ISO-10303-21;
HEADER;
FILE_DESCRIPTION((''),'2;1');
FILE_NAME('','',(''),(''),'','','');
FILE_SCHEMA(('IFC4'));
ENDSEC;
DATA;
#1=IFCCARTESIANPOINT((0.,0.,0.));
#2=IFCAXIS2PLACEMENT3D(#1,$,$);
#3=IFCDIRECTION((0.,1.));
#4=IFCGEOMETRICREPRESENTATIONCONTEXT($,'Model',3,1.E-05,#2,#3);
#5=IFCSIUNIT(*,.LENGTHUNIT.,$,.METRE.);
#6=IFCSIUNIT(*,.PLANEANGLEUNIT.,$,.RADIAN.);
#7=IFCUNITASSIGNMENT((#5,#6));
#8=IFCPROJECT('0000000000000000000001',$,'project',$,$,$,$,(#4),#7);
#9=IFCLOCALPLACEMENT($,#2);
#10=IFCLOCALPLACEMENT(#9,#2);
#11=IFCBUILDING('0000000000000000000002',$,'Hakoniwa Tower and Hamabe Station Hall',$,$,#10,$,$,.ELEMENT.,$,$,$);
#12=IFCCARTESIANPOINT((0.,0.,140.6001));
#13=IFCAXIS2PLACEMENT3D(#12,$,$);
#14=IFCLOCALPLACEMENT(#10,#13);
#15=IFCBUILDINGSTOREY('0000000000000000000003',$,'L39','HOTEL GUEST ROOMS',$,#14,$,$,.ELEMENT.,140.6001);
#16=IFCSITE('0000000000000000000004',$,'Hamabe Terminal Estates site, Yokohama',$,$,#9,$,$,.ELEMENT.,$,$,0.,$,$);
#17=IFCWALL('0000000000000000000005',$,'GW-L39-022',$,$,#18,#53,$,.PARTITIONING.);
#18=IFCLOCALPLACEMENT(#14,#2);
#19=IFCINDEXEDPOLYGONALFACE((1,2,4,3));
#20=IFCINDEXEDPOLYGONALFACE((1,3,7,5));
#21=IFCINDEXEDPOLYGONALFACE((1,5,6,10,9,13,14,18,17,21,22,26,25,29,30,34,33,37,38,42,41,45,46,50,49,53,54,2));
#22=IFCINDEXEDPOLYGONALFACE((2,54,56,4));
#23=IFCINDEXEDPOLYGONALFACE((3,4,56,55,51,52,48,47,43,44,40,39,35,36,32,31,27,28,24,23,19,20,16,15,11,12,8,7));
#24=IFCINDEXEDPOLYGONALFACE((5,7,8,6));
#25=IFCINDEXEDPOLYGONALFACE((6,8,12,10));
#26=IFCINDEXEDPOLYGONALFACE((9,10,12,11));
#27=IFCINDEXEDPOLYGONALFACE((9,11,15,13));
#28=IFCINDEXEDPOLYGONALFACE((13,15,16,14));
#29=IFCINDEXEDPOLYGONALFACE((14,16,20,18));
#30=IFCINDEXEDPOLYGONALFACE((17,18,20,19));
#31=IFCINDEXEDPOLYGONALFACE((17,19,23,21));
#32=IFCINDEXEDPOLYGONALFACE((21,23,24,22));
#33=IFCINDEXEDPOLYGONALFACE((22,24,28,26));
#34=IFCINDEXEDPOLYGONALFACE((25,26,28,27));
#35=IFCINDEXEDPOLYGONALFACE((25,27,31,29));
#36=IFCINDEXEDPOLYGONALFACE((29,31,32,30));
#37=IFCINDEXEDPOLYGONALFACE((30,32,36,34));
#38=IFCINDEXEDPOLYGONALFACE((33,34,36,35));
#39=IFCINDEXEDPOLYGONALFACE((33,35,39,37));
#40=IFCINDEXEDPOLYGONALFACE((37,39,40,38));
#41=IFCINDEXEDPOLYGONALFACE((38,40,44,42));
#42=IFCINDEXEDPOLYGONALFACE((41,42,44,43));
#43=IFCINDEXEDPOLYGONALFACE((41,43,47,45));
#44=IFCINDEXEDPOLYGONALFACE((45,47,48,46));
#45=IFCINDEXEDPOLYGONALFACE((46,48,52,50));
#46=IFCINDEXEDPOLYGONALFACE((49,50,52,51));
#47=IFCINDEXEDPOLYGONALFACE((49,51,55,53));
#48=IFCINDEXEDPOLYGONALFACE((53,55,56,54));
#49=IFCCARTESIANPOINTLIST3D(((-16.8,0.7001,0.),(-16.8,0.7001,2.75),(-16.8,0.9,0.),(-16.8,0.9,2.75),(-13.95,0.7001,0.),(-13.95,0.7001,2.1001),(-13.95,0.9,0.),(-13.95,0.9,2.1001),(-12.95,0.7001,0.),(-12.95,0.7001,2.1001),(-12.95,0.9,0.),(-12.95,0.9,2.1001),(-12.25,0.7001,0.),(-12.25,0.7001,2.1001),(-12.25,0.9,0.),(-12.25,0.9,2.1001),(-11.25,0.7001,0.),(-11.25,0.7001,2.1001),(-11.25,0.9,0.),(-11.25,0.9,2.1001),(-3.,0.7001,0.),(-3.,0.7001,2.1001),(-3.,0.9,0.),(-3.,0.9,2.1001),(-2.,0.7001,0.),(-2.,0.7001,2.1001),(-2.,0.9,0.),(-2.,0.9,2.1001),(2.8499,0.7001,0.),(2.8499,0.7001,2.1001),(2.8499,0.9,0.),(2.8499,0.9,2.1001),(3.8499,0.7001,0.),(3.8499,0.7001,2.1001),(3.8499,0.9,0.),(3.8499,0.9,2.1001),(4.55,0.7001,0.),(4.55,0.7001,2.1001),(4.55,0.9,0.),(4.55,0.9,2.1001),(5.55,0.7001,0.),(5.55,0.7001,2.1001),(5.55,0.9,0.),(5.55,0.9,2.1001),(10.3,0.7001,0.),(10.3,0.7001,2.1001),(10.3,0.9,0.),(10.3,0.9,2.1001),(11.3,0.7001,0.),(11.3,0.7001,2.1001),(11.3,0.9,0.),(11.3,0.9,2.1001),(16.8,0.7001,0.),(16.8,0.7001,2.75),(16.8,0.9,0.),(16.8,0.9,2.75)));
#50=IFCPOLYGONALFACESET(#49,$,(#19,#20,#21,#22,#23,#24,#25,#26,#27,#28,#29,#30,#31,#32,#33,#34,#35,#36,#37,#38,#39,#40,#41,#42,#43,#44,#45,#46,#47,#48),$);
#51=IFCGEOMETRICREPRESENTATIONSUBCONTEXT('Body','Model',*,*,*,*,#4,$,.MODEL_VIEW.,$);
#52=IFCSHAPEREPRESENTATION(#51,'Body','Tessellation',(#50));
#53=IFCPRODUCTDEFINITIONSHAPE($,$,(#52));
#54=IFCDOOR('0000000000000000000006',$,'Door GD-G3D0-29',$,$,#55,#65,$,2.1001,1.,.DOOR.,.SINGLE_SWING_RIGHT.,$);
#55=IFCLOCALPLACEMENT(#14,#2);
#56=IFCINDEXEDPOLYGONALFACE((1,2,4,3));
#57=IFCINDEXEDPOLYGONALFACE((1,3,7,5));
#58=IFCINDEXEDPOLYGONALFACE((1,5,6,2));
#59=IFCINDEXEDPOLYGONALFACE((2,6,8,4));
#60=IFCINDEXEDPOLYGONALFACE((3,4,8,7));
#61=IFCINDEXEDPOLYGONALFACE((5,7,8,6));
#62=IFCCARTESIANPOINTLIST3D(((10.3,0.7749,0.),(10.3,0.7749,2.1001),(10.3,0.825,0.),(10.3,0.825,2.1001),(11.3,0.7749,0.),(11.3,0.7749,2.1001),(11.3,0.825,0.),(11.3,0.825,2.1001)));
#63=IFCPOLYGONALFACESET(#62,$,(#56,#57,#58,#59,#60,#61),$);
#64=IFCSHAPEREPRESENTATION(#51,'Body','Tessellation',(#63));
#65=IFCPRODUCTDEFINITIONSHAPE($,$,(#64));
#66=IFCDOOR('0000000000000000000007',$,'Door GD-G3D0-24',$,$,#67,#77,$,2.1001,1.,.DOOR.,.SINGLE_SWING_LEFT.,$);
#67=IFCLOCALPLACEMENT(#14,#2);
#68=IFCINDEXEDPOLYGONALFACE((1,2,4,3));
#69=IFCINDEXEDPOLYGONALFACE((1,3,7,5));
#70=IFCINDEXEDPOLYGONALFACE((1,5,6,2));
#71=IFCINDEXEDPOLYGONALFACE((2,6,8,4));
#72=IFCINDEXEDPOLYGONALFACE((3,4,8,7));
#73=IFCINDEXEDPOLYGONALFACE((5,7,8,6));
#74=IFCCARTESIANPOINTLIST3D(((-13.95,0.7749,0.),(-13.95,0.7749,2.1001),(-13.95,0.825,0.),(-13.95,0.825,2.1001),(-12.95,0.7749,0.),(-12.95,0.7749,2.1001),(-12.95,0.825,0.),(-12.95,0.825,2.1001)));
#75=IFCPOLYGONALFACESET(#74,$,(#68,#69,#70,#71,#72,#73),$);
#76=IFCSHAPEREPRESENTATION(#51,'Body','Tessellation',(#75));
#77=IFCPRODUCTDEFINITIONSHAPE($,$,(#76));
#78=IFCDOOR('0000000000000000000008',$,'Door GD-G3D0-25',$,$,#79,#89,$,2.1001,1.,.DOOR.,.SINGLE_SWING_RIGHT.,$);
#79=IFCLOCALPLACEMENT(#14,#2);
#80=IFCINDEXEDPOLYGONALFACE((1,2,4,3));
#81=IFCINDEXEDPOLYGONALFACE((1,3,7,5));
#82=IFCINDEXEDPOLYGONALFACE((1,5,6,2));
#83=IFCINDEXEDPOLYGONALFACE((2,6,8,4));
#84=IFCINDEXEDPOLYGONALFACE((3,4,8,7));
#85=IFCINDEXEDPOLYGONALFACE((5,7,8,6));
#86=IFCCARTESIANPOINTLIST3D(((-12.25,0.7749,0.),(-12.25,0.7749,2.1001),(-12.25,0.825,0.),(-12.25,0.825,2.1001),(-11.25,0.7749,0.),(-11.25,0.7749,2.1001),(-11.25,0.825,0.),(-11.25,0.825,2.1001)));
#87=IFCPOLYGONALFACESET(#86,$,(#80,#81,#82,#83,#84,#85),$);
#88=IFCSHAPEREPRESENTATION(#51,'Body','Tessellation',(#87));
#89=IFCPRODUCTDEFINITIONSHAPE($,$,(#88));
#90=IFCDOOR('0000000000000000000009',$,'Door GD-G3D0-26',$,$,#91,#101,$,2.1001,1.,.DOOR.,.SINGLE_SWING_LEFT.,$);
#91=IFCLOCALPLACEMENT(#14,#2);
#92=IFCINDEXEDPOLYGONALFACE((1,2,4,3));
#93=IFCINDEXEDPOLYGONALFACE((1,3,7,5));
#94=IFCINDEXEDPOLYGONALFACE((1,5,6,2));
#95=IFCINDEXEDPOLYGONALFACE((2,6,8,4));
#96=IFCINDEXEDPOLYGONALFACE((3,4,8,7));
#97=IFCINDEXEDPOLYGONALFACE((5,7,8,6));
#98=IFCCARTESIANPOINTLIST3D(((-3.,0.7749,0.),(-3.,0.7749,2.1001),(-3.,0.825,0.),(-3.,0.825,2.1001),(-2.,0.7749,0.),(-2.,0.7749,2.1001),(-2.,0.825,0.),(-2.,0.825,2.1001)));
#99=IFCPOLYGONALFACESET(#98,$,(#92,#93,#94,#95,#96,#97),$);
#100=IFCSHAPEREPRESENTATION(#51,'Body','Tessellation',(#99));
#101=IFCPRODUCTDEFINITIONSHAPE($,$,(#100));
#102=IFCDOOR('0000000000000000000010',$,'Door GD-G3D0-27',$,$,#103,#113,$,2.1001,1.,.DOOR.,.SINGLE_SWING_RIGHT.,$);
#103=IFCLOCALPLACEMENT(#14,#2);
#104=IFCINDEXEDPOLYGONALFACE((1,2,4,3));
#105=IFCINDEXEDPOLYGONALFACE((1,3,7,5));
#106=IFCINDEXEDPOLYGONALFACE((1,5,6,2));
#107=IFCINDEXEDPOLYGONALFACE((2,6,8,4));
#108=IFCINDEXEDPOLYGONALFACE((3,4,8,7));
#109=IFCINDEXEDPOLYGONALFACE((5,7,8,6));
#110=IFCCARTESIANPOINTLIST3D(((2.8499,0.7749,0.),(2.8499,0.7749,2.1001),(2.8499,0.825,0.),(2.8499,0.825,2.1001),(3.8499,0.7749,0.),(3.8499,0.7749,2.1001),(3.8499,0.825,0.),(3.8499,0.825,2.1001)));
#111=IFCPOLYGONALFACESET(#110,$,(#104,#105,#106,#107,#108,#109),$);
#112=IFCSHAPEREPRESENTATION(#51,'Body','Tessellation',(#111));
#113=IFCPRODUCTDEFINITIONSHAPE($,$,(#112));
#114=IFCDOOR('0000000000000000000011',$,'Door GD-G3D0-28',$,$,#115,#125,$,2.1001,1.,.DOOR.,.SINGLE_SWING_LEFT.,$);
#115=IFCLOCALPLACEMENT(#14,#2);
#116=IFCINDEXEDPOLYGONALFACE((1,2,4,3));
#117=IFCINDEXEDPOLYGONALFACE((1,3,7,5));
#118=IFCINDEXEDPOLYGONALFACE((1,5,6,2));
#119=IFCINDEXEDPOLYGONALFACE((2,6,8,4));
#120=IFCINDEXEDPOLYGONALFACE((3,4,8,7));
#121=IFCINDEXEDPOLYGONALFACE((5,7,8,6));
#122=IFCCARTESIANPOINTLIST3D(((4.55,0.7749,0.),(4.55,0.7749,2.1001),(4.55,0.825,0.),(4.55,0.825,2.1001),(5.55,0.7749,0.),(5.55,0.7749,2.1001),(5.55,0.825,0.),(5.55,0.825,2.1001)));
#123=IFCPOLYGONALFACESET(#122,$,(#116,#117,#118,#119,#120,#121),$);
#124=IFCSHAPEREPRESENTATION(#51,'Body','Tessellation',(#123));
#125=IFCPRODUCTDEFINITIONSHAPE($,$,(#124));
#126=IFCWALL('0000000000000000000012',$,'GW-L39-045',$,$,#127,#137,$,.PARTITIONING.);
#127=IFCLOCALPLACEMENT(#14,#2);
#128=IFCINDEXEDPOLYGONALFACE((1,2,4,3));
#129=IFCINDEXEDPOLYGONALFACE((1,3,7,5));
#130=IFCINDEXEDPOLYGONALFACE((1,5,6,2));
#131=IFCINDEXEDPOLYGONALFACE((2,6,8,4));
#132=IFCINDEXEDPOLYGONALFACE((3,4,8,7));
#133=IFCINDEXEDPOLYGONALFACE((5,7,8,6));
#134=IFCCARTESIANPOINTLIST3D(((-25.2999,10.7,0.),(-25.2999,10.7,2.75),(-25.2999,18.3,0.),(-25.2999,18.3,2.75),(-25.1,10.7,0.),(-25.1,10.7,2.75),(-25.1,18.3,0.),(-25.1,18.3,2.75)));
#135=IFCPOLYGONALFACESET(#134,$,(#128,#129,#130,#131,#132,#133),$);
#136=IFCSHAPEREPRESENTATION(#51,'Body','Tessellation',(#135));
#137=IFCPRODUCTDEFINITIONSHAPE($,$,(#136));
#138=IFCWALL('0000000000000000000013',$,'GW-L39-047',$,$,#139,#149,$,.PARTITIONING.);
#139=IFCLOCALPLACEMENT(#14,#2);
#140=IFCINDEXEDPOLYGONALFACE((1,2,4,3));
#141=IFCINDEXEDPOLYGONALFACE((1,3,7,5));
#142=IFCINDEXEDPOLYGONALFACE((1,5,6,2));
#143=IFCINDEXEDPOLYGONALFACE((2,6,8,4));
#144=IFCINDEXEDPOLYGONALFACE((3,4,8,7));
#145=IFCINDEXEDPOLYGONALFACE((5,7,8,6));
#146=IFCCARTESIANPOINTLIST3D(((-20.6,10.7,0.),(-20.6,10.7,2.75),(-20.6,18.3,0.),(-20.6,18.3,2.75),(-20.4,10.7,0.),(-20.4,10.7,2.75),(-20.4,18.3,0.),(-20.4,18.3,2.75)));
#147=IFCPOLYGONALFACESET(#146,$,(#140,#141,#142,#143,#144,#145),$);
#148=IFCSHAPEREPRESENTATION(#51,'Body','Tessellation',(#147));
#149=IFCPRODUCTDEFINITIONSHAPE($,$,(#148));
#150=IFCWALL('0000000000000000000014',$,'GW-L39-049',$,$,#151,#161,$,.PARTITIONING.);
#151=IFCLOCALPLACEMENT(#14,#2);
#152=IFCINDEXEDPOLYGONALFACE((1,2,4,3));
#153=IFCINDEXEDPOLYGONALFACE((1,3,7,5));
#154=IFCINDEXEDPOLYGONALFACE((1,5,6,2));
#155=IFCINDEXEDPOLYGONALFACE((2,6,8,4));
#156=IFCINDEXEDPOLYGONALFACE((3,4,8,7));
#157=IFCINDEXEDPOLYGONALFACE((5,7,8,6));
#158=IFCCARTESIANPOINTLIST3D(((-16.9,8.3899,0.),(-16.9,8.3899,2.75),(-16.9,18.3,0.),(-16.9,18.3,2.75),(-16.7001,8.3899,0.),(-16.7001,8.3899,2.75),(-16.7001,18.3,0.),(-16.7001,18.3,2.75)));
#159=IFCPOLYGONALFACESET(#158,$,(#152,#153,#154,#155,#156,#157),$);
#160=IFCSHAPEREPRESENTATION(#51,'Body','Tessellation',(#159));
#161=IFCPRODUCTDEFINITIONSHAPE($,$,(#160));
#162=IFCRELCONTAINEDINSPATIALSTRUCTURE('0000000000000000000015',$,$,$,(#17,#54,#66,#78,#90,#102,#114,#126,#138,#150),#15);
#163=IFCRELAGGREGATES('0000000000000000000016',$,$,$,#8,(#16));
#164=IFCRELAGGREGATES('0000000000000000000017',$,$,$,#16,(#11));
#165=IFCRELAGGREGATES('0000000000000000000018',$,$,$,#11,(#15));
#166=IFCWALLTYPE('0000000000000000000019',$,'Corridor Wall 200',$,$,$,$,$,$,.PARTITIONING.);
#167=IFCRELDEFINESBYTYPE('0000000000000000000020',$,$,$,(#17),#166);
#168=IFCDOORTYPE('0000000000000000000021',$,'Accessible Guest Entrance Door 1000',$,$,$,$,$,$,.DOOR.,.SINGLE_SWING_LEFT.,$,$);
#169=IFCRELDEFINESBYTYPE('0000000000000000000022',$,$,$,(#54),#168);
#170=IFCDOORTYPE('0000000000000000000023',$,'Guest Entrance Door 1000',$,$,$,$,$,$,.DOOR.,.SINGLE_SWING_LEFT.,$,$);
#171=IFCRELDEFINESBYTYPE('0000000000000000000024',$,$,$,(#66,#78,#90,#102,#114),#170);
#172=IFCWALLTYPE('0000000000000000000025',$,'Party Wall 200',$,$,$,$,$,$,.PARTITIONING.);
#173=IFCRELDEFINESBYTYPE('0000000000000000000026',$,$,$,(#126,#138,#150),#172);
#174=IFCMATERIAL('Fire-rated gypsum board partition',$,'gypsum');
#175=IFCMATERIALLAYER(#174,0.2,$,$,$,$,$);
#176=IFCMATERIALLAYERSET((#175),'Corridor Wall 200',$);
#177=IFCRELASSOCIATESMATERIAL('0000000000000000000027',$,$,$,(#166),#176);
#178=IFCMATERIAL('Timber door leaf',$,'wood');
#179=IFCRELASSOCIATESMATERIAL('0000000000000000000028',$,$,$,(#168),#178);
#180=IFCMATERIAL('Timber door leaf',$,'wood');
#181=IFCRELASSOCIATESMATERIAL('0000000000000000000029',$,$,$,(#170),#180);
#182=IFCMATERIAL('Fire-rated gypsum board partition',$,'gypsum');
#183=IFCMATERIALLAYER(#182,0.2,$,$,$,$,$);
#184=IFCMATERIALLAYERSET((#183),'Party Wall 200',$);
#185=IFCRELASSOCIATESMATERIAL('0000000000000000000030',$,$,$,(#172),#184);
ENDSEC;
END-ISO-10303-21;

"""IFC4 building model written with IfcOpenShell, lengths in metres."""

from ifc_helpers import new_model, si_unit, direction, frame, frame_2d, origin, place, context, subcontext, project, spatial, rectangle, extrude, material, layer, layer_set, type_object, element, fill, save


model = new_model("IFC4")

# Units and contexts
model_context = context("Model", 3, precision=1e-05, world=origin(), true_north=direction((0.0, 1.0)))
body_context = subcontext(model_context, "Body", "Model", "MODEL_VIEW")
ifc_project = project(units=[si_unit("LENGTHUNIT", "METRE"), si_unit("PLANEANGLEUNIT", "RADIAN")], contexts=[model_context])

# Site, building, storey
site_placement = place(None, origin())
site = spatial("IfcSite", under=ifc_project, at=site_placement, Name="Hamabe Terminal Estates site, Yokohama", CompositionType="ELEMENT", RefElevation=0.0)
building_placement = place(site_placement, origin())
building = spatial("IfcBuilding", under=site, at=building_placement, Name="Hakoniwa Tower and Hamabe Station Hall", CompositionType="ELEMENT")
storey_placement = place(building_placement, frame((0.0, 0.0, 140.6001)))
storey = spatial("IfcBuildingStorey", under=building, at=storey_placement, Name="L39", Description="HOTEL GUEST ROOMS", CompositionType="ELEMENT", Elevation=140.6001)

# Wall, openings, doors
ifc_material_1 = material(Name="Fire-rated gypsum board partition", Category="gypsum")
ifc_layer_1 = layer(ifc_material_1, 0.2)
ifc_layer_set_1 = layer_set([ifc_layer_1], Name="Corridor Wall 200")
wall_type_1 = type_object("IfcWallType", Name="Corridor Wall 200", PredefinedType="PARTITIONING", material=ifc_layer_set_1)
wall_1_placement = place(storey_placement, frame((-16.8, 0.8, 0.0), z_axis=(0.0, 0.0, 1.0), x_axis=(1.0, 0.0, 0.0)))
wall_1 = element("IfcWall", 1, at=wall_1_placement, inside=storey, type_object=wall_type_1, Name="GW-L39-022", PredefinedType="PARTITIONING", context=body_context, shape_type="SweptSolid", body=[
    extrude(rectangle(XDim=33.6001, YDim=0.2, at=frame_2d((16.8, 0.0))), origin(), (0.0, 0.0, 1.0), 2.75),
])
opening_1_placement = place(wall_1_placement, frame((2.8501, 0.0, 0.0)))
opening_1 = element("IfcOpeningElement", 2, at=opening_1_placement, cuts=wall_1, PredefinedType="OPENING", context=body_context, shape_type="SweptSolid", body=[
    extrude(rectangle(XDim=1.0, YDim=2.1001, at=frame_2d((0.5, 1.05))), frame((0.0, 0.1099, 0.0), z_axis=(0.0, -1.0, 0.0), x_axis=(1.0, 0.0, 0.0)), (0.0, 0.0, 1.0), 0.22),
])
opening_2_placement = place(wall_1_placement, frame((4.55, 0.0, 0.0)))
opening_2 = element("IfcOpeningElement", 3, at=opening_2_placement, cuts=wall_1, PredefinedType="OPENING", context=body_context, shape_type="SweptSolid", body=[
    extrude(rectangle(XDim=1.0, YDim=2.1001, at=frame_2d((0.5, 1.05))), frame((0.0, 0.1099, 0.0), z_axis=(0.0, -1.0, 0.0), x_axis=(1.0, 0.0, 0.0)), (0.0, 0.0, 1.0), 0.22),
])
opening_3_placement = place(wall_1_placement, frame((13.8, 0.0, 0.0)))
opening_3 = element("IfcOpeningElement", 4, at=opening_3_placement, cuts=wall_1, PredefinedType="OPENING", context=body_context, shape_type="SweptSolid", body=[
    extrude(rectangle(XDim=1.0, YDim=2.1001, at=frame_2d((0.5, 1.05))), frame((0.0, 0.1099, 0.0), z_axis=(0.0, -1.0, 0.0), x_axis=(1.0, 0.0, 0.0)), (0.0, 0.0, 1.0), 0.22),
])
opening_4_placement = place(wall_1_placement, frame((19.6499, 0.0, 0.0)))
opening_4 = element("IfcOpeningElement", 5, at=opening_4_placement, cuts=wall_1, PredefinedType="OPENING", context=body_context, shape_type="SweptSolid", body=[
    extrude(rectangle(XDim=1.0, YDim=2.1001, at=frame_2d((0.5, 1.05))), frame((0.0, 0.1099, 0.0), z_axis=(0.0, -1.0, 0.0), x_axis=(1.0, 0.0, 0.0)), (0.0, 0.0, 1.0), 0.22),
])
opening_5_placement = place(wall_1_placement, frame((21.3501, 0.0, 0.0)))
opening_5 = element("IfcOpeningElement", 6, at=opening_5_placement, cuts=wall_1, PredefinedType="OPENING", context=body_context, shape_type="SweptSolid", body=[
    extrude(rectangle(XDim=1.0, YDim=2.1001, at=frame_2d((0.5, 1.05))), frame((0.0, 0.1099, 0.0), z_axis=(0.0, -1.0, 0.0), x_axis=(1.0, 0.0, 0.0)), (0.0, 0.0, 1.0), 0.22),
])
opening_6_placement = place(wall_1_placement, frame((27.1001, 0.0, 0.0)))
opening_6 = element("IfcOpeningElement", 7, at=opening_6_placement, cuts=wall_1, PredefinedType="OPENING", context=body_context, shape_type="SweptSolid", body=[
    extrude(rectangle(XDim=1.0, YDim=2.1001, at=frame_2d((0.5, 1.05))), frame((0.0, 0.1099, 0.0), z_axis=(0.0, -1.0, 0.0), x_axis=(1.0, 0.0, 0.0)), (0.0, 0.0, 1.0), 0.22),
])
ifc_material_2 = material(Name="Timber door leaf", Category="wood")
door_type_1 = type_object("IfcDoorType", Name="Accessible Guest Entrance Door 1000", OperationType="SINGLE_SWING_LEFT", PredefinedType="DOOR", material=ifc_material_2)
door_1_placement = place(opening_6_placement, origin())
door_1 = element("IfcDoor", 8, at=door_1_placement, inside=storey, type_object=door_type_1, Name="Door GD-G3D0-29", OperationType="SINGLE_SWING_RIGHT", OverallHeight=2.1001, OverallWidth=1.0, PredefinedType="DOOR", context=body_context, shape_type="SweptSolid", body=[
    extrude(rectangle(XDim=1.0, YDim=2.1001, at=frame_2d((0.5, 1.05))), frame((0.0, 0.0249, 0.0), z_axis=(0.0, -1.0, 0.0), x_axis=(1.0, 0.0, 0.0)), (0.0, 0.0, 1.0), 0.05),
])
fill(opening_6, door_1)
ifc_material_3 = material(Name="Timber door leaf", Category="wood")
door_type_2 = type_object("IfcDoorType", Name="Guest Entrance Door 1000", OperationType="SINGLE_SWING_LEFT", PredefinedType="DOOR", material=ifc_material_3)
door_2_placement = place(opening_1_placement, origin())
door_2 = element("IfcDoor", 9, at=door_2_placement, inside=storey, type_object=door_type_2, Name="Door GD-G3D0-24", OperationType="SINGLE_SWING_LEFT", OverallHeight=2.1001, OverallWidth=1.0, PredefinedType="DOOR", context=body_context, shape_type="SweptSolid", body=[
    extrude(rectangle(XDim=1.0, YDim=2.1001, at=frame_2d((0.5, 1.05))), frame((0.0, 0.0249, 0.0), z_axis=(0.0, -1.0, 0.0), x_axis=(1.0, 0.0, 0.0)), (0.0, 0.0, 1.0), 0.05),
])
fill(opening_1, door_2)
door_3_placement = place(opening_2_placement, origin())
door_3 = element("IfcDoor", 10, at=door_3_placement, inside=storey, type_object=door_type_2, Name="Door GD-G3D0-25", OperationType="SINGLE_SWING_RIGHT", OverallHeight=2.1001, OverallWidth=1.0, PredefinedType="DOOR", context=body_context, shape_type="SweptSolid", body=[
    extrude(rectangle(XDim=1.0, YDim=2.1001, at=frame_2d((0.5, 1.05))), frame((0.0, 0.0249, 0.0), z_axis=(0.0, -1.0, 0.0), x_axis=(1.0, 0.0, 0.0)), (0.0, 0.0, 1.0), 0.05),
])
fill(opening_2, door_3)
door_4_placement = place(opening_3_placement, origin())
door_4 = element("IfcDoor", 11, at=door_4_placement, inside=storey, type_object=door_type_2, Name="Door GD-G3D0-26", OperationType="SINGLE_SWING_LEFT", OverallHeight=2.1001, OverallWidth=1.0, PredefinedType="DOOR", context=body_context, shape_type="SweptSolid", body=[
    extrude(rectangle(XDim=1.0, YDim=2.1001, at=frame_2d((0.5, 1.05))), frame((0.0, 0.0249, 0.0), z_axis=(0.0, -1.0, 0.0), x_axis=(1.0, 0.0, 0.0)), (0.0, 0.0, 1.0), 0.05),
])
fill(opening_3, door_4)
door_5_placement = place(opening_4_placement, origin())
door_5 = element("IfcDoor", 12, at=door_5_placement, inside=storey, type_object=door_type_2, Name="Door GD-G3D0-27", OperationType="SINGLE_SWING_RIGHT", OverallHeight=2.1001, OverallWidth=1.0, PredefinedType="DOOR", context=body_context, shape_type="SweptSolid", body=[
    extrude(rectangle(XDim=1.0, YDim=2.1001, at=frame_2d((0.5, 1.05))), frame((0.0, 0.0249, 0.0), z_axis=(0.0, -1.0, 0.0), x_axis=(1.0, 0.0, 0.0)), (0.0, 0.0, 1.0), 0.05),
])
fill(opening_4, door_5)
door_6_placement = place(opening_5_placement, origin())
door_6 = element("IfcDoor", 13, at=door_6_placement, inside=storey, type_object=door_type_2, Name="Door GD-G3D0-28", OperationType="SINGLE_SWING_LEFT", OverallHeight=2.1001, OverallWidth=1.0, PredefinedType="DOOR", context=body_context, shape_type="SweptSolid", body=[
    extrude(rectangle(XDim=1.0, YDim=2.1001, at=frame_2d((0.5, 1.05))), frame((0.0, 0.0249, 0.0), z_axis=(0.0, -1.0, 0.0), x_axis=(1.0, 0.0, 0.0)), (0.0, 0.0, 1.0), 0.05),
])
fill(opening_5, door_6)

# Walls
ifc_material_4 = material(Name="Fire-rated gypsum board partition", Category="gypsum")
ifc_layer_2 = layer(ifc_material_4, 0.2)
ifc_layer_set_2 = layer_set([ifc_layer_2], Name="Party Wall 200")
wall_type_2 = type_object("IfcWallType", Name="Party Wall 200", PredefinedType="PARTITIONING", material=ifc_layer_set_2)
for number, where, z_axis, x_axis, name in (
    (14, (-25.2, 10.7, 0.0), (0.0, 0.0, 1.0), (0.0, 1.0, 0.0), "GW-L39-045"),
    (15, (-20.5, 10.7, 0.0), (0.0, 0.0, 1.0), (0.0, 1.0, 0.0), "GW-L39-047"),
):
    element("IfcWall", number, at=place(storey_placement, frame(where, z_axis=z_axis, x_axis=x_axis)), inside=storey, type_object=wall_type_2, Name=name, PredefinedType="PARTITIONING", context=body_context, shape_type="SweptSolid", body=[
        extrude(rectangle(XDim=7.6001, YDim=0.2, at=frame_2d((3.8, 0.0))), origin(), (0.0, 0.0, 1.0), 2.75),
    ])
wall_2_placement = place(storey_placement, frame((-16.8, 8.3899, 0.0), z_axis=(0.0, 0.0, 1.0), x_axis=(0.0, 1.0, 0.0)))
element("IfcWall", 16, at=wall_2_placement, inside=storey, type_object=wall_type_2, Name="GW-L39-049", PredefinedType="PARTITIONING", context=body_context, shape_type="SweptSolid", body=[
    extrude(rectangle(XDim=9.9102, YDim=0.2, at=frame_2d((4.9551, 0.0))), origin(), (0.0, 0.0, 1.0), 2.75),
])

save(model, "model.ifc")
